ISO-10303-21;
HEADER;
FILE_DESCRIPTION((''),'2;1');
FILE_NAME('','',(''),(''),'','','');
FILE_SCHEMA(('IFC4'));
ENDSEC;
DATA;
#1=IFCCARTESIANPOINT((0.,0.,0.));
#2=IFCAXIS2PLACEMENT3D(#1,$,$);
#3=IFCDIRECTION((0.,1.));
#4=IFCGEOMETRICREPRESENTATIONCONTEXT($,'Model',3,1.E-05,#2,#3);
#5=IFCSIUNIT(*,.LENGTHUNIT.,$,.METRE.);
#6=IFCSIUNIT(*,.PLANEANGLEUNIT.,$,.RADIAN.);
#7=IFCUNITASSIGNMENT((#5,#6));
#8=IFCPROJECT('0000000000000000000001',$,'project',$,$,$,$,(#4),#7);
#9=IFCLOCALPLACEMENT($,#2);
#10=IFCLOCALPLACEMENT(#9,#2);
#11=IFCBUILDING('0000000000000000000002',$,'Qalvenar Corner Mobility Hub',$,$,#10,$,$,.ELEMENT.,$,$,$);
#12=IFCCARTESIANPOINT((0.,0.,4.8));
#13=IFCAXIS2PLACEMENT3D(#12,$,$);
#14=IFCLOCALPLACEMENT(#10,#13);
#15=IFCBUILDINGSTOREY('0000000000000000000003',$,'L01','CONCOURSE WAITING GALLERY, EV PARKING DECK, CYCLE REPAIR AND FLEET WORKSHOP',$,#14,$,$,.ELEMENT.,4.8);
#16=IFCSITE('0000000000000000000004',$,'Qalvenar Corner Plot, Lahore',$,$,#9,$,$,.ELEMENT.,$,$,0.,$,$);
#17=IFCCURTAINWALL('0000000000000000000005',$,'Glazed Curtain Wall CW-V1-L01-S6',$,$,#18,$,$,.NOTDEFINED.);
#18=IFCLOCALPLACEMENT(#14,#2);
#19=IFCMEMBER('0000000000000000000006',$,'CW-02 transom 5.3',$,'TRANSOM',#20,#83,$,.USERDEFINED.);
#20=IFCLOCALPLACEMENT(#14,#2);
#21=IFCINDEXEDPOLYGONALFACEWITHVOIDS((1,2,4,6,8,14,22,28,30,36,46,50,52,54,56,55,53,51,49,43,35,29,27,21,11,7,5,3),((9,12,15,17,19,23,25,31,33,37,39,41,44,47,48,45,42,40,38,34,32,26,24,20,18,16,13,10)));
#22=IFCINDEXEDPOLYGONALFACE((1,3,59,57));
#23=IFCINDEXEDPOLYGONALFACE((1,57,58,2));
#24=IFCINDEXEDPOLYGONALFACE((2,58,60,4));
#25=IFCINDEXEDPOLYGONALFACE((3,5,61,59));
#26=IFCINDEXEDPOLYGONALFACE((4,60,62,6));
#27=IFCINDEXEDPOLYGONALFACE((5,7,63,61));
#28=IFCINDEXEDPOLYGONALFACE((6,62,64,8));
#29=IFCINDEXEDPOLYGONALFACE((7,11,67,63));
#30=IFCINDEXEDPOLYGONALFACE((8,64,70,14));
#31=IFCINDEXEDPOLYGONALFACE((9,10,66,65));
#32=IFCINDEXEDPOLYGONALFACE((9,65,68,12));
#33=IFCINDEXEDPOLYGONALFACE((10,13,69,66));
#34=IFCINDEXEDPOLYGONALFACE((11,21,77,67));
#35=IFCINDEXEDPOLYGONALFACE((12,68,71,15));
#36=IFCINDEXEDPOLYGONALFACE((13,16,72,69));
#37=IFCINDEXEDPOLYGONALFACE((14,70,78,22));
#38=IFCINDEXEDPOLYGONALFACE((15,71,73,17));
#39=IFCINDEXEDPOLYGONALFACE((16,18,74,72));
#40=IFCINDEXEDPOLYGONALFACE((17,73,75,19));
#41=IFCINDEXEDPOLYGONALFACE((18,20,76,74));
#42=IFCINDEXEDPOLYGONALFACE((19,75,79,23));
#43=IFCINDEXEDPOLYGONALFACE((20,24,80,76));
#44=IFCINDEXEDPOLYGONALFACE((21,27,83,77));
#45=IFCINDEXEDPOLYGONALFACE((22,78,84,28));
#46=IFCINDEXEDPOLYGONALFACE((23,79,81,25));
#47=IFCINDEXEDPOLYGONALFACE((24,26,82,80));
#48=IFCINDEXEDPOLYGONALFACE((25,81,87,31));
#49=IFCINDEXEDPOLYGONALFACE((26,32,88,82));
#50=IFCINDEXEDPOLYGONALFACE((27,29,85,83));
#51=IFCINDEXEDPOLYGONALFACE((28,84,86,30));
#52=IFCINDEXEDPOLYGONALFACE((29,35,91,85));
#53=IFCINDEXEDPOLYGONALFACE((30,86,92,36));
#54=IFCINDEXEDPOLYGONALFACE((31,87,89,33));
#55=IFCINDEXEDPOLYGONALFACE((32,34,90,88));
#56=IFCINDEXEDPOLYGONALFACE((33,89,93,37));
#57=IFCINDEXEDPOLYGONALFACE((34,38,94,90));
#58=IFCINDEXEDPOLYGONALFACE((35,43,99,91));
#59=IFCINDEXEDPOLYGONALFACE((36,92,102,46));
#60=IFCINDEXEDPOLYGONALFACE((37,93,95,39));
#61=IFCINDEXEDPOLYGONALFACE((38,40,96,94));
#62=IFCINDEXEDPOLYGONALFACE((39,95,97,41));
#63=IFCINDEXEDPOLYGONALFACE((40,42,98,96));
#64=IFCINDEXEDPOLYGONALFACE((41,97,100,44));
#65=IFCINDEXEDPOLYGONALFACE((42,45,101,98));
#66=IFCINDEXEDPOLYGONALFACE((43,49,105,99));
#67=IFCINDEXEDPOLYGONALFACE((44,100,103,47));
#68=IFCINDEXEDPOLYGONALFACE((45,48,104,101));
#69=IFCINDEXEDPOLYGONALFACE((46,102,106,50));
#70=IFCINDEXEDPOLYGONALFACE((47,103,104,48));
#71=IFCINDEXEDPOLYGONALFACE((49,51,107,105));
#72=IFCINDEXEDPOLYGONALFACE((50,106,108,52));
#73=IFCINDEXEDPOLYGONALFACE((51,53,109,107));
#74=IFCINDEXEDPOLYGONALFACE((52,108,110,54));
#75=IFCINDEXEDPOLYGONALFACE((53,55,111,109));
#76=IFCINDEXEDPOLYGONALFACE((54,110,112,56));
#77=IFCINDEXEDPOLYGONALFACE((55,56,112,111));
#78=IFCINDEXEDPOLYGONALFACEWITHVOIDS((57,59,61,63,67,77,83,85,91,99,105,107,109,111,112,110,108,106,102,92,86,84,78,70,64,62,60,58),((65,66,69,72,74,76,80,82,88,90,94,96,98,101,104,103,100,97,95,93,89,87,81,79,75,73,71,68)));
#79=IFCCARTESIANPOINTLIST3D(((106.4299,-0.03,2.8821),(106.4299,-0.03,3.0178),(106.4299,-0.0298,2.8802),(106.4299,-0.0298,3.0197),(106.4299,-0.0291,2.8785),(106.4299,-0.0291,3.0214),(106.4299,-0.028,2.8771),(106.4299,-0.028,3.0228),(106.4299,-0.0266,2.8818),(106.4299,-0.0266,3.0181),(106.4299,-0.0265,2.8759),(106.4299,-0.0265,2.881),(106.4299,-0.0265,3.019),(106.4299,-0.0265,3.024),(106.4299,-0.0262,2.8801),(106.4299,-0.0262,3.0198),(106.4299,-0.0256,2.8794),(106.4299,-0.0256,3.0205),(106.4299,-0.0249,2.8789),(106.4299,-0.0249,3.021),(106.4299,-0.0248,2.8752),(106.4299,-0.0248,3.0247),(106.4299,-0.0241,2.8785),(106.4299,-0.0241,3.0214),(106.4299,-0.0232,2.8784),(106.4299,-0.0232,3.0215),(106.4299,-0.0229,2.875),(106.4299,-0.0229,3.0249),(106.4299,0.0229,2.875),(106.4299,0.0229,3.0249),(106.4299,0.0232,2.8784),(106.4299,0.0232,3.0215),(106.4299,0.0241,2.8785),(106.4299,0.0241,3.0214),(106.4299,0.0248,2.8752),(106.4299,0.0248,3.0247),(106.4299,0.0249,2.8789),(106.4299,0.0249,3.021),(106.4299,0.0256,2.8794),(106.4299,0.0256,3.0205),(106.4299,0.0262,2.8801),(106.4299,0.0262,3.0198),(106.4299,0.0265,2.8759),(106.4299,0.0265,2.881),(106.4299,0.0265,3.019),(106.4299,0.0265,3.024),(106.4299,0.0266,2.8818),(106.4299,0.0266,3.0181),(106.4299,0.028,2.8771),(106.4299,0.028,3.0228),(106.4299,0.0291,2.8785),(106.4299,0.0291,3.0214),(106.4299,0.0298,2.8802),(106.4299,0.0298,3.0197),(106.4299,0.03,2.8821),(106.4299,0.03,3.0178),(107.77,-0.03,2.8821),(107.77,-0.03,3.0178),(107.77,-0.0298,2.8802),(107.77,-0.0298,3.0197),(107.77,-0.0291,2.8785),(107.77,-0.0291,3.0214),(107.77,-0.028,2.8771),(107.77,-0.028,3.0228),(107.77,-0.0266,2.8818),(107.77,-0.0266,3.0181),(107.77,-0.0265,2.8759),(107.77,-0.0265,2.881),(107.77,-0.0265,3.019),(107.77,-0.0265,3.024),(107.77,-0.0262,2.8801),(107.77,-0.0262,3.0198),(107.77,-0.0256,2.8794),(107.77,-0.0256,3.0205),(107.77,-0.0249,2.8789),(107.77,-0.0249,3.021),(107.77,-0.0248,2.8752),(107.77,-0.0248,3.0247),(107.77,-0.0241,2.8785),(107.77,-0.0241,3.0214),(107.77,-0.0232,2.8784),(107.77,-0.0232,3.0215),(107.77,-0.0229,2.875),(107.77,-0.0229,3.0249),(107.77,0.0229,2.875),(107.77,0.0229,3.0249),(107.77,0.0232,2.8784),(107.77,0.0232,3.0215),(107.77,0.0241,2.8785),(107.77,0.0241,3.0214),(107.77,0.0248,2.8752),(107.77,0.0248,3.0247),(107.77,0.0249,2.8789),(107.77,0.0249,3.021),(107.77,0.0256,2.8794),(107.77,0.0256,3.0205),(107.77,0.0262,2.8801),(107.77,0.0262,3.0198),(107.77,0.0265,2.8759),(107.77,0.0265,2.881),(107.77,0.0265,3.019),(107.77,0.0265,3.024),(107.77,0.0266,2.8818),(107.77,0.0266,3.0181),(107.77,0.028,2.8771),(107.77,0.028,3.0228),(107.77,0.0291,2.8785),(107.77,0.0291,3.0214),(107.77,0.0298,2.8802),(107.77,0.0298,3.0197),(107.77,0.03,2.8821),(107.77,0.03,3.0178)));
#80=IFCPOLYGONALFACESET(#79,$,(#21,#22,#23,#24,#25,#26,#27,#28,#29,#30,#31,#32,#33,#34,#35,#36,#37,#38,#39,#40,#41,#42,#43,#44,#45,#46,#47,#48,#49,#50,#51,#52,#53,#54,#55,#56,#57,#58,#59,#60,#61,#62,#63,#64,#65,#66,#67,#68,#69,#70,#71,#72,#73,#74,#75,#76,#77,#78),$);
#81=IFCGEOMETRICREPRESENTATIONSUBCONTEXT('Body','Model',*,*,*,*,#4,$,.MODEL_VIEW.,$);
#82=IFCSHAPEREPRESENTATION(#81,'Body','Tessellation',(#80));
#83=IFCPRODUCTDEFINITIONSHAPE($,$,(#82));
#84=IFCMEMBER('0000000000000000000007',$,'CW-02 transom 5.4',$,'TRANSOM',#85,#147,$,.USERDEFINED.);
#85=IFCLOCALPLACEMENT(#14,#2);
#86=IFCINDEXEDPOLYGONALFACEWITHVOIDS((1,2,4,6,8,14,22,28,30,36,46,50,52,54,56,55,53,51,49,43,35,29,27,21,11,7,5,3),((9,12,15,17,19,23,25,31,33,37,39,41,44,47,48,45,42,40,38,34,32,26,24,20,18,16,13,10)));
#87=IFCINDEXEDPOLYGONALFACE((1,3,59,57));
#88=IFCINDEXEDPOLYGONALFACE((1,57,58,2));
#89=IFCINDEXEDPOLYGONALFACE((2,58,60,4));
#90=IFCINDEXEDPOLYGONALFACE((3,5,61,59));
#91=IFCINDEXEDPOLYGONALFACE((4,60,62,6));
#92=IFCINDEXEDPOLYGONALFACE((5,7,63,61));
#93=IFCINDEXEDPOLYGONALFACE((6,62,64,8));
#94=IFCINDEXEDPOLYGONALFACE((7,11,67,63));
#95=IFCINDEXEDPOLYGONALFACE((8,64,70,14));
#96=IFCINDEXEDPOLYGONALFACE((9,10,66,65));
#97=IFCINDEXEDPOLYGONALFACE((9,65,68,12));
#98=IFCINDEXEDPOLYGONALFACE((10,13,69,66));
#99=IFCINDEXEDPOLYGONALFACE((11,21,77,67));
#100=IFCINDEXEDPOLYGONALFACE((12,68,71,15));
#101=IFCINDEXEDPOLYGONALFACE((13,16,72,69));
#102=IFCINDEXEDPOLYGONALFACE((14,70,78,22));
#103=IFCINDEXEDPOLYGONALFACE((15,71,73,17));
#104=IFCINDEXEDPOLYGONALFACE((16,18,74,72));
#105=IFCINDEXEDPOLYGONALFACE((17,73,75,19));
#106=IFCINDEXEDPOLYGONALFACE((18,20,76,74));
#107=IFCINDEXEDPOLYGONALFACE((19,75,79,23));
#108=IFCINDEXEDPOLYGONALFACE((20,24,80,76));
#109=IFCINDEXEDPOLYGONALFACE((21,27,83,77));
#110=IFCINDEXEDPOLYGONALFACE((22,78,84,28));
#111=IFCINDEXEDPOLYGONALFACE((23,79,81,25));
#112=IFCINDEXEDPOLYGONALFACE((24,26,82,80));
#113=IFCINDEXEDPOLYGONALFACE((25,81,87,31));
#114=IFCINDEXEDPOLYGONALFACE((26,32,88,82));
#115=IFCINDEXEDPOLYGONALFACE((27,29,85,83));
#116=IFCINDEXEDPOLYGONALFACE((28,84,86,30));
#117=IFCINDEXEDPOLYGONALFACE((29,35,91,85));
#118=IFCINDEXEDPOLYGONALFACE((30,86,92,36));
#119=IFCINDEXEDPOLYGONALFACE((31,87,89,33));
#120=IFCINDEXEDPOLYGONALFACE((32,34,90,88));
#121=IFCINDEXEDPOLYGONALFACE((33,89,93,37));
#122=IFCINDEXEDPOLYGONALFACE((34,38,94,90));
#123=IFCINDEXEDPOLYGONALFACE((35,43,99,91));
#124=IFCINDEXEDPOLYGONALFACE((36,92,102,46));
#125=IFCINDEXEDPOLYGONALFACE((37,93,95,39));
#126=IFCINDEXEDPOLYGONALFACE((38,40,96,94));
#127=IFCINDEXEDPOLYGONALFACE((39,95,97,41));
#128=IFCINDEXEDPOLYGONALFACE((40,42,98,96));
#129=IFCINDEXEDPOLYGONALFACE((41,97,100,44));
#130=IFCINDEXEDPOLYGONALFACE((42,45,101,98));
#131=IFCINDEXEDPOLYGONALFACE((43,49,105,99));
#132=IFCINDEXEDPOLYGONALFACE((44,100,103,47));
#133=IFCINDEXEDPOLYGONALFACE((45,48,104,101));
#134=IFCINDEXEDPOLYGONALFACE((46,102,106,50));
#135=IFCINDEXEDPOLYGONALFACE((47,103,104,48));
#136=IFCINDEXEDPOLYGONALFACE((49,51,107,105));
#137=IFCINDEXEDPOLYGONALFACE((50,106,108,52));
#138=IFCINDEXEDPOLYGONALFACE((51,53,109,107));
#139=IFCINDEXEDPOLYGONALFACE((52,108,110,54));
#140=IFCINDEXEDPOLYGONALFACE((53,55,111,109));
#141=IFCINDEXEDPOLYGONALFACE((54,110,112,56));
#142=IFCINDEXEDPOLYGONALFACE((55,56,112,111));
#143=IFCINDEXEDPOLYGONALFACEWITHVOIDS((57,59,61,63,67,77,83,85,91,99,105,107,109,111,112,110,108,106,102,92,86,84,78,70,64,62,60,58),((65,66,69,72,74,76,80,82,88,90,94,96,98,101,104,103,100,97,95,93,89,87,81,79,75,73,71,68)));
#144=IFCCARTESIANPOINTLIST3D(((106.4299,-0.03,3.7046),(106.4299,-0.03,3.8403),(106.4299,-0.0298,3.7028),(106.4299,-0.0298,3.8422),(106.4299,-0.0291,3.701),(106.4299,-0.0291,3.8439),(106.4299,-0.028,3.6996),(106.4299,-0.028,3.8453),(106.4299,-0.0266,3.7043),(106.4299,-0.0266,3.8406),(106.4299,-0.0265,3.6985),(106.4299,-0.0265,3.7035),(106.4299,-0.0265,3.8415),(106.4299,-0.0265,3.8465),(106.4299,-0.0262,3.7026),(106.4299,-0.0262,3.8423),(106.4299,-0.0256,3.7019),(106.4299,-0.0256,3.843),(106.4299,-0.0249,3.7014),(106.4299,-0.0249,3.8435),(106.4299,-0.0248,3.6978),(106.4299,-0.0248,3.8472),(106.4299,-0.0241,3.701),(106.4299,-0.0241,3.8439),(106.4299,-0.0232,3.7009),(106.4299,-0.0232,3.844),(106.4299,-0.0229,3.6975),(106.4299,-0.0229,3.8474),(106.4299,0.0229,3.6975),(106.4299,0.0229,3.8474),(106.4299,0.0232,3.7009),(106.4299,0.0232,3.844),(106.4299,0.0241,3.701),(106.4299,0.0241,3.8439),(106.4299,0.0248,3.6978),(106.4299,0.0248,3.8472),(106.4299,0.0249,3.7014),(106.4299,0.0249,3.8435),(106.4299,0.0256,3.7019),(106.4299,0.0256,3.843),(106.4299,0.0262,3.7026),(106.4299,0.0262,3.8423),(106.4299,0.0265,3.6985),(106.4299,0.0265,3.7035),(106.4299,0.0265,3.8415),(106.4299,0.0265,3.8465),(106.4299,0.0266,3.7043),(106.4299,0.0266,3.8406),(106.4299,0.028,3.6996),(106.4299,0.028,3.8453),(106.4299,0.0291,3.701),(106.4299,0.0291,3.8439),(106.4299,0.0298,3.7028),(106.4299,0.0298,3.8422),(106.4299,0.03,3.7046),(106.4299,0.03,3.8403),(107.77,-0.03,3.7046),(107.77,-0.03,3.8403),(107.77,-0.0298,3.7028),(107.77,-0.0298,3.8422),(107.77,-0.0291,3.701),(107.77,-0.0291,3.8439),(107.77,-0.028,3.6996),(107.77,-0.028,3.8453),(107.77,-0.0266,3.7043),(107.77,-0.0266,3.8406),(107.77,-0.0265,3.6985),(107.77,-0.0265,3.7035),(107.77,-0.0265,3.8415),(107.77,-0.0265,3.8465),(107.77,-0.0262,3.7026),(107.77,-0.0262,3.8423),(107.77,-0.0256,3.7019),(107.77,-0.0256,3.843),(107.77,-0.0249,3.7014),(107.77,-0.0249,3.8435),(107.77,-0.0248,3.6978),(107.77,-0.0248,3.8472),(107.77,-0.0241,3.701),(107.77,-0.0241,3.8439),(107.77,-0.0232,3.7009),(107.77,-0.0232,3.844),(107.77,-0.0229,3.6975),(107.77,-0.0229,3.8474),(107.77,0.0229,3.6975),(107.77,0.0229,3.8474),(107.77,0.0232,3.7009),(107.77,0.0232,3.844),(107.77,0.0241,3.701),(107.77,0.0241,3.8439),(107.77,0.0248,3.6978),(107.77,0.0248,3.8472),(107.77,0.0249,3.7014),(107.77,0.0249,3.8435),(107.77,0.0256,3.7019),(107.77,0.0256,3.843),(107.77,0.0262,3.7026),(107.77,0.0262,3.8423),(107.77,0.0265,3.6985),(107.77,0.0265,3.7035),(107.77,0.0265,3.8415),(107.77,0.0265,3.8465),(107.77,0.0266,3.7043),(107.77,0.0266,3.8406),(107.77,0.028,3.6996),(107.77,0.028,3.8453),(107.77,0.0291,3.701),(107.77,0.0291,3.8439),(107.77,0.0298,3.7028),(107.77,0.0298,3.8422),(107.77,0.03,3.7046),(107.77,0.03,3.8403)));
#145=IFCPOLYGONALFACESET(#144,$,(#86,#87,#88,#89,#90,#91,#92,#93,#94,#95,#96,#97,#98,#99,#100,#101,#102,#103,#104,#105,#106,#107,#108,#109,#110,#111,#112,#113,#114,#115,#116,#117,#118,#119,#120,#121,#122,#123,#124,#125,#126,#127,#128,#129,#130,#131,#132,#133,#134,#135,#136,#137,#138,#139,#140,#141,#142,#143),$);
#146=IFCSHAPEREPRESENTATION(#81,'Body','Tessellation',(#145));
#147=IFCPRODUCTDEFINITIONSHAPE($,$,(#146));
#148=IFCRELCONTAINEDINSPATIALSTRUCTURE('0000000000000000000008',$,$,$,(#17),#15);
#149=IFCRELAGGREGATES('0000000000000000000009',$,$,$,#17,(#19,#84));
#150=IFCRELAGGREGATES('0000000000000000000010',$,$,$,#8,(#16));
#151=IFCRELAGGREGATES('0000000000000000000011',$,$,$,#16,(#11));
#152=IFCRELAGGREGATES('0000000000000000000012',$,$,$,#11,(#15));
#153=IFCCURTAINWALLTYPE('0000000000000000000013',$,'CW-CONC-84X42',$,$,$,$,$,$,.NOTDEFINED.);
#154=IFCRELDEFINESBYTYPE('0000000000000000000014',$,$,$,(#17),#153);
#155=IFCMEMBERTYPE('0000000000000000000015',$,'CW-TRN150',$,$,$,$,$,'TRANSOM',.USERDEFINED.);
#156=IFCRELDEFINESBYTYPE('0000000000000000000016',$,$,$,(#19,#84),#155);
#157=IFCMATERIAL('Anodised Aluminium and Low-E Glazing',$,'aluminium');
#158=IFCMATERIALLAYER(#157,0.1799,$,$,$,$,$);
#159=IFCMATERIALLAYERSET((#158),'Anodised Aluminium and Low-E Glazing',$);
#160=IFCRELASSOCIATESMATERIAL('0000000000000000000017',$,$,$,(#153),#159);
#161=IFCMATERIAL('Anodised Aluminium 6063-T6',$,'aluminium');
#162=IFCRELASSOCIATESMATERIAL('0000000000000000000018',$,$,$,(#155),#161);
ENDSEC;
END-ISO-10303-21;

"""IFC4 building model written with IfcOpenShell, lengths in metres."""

from ifc_helpers import new_model, si_unit, direction, frame, origin, origin_2d, place, context, subcontext, project, spatial, hollow_rectangle, extrude, material, layer, layer_set, material_profile, profile_set, type_object, element, aggregate, save


model = new_model("IFC4")

# Units and contexts
model_context = context("Model", 3, precision=1e-05, world=origin(), true_north=direction((0.0, 1.0)))
body_context = subcontext(model_context, "Body", "Model", "MODEL_VIEW")
ifc_project = project(units=[si_unit("LENGTHUNIT", "METRE"), si_unit("PLANEANGLEUNIT", "RADIAN")], contexts=[model_context])

# Site, building, storey
site_placement = place(None, origin())
site = spatial("IfcSite", under=ifc_project, at=site_placement, Name="Qalvenar Corner Plot, Lahore", CompositionType="ELEMENT", RefElevation=0.0)
building_placement = place(site_placement, origin())
building = spatial("IfcBuilding", under=site, at=building_placement, Name="Qalvenar Corner Mobility Hub", CompositionType="ELEMENT")
storey_placement = place(building_placement, frame((0.0, 0.0, 4.8)))
storey = spatial("IfcBuildingStorey", under=building, at=storey_placement, Name="L01", Description="CONCOURSE WAITING GALLERY, EV PARKING DECK, CYCLE REPAIR AND FLEET WORKSHOP", CompositionType="ELEMENT", Elevation=4.8)

# Curtain wall, members
ifc_material_1 = material(Name="Anodised Aluminium and Low-E Glazing", Category="aluminium")
ifc_layer_1 = layer(ifc_material_1, 0.1799)
ifc_layer_set_1 = layer_set([ifc_layer_1], Name="Anodised Aluminium and Low-E Glazing")
curtain_wall_type = type_object("IfcCurtainWallType", Name="CW-CONC-84X42", PredefinedType="NOTDEFINED", material=ifc_layer_set_1)
curtain_wall_placement = place(storey_placement, origin())
curtain_wall = element("IfcCurtainWall", 1, at=curtain_wall_placement, inside=storey, type_object=curtain_wall_type, Name="Glazed Curtain Wall CW-V1-L01-S6", PredefinedType="NOTDEFINED")
ifc_material_2 = material(Name="Anodised Aluminium 6063-T6", Category="aluminium")
ifc_material_profile_1 = material_profile(ifc_material_2, hollow_rectangle(XDim=0.0601, YDim=0.1499, WallThickness=0.0034, InnerFilletRadius=0.0034, OuterFilletRadius=0.0071, at=origin_2d()), Name="RHS150x60x3.5")
ifc_profile_set_1 = profile_set([ifc_material_profile_1], Name="Anodised Aluminium 6063-T6")
member_type_1 = type_object("IfcMemberType", Name="CW-TRN150", ElementType="TRANSOM", PredefinedType="USERDEFINED", material=ifc_profile_set_1)
member_1_placement = place(storey_placement, frame((106.4299, 0.0, 2.95), z_axis=(1.0, 0.0, 0.0), x_axis=(0.0, 1.0, 0.0)))
member_1 = element("IfcMember", 2, at=member_1_placement, type_object=member_type_1, Name="CW-02 transom 5.3", ObjectType="TRANSOM", PredefinedType="USERDEFINED", context=body_context, shape_type="SweptSolid", body=[
    extrude(hollow_rectangle(XDim=0.0601, YDim=0.1499, WallThickness=0.0034, InnerFilletRadius=0.0034, OuterFilletRadius=0.0071, at=origin_2d()), origin(), (0.0, 0.0, 1.0), 1.3401),
])
member_2_placement = place(storey_placement, frame((106.4299, 0.0, 3.7725), z_axis=(1.0, 0.0, 0.0), x_axis=(0.0, 1.0, 0.0)))
member_2 = element("IfcMember", 3, at=member_2_placement, type_object=member_type_1, Name="CW-02 transom 5.4", ObjectType="TRANSOM", PredefinedType="USERDEFINED", context=body_context, shape_type="SweptSolid", body=[
    extrude(hollow_rectangle(XDim=0.0601, YDim=0.1499, WallThickness=0.0034, InnerFilletRadius=0.0034, OuterFilletRadius=0.0071, at=origin_2d()), origin(), (0.0, 0.0, 1.0), 1.3401),
])
aggregate(curtain_wall, [member_1, member_2])

save(model, "model.ifc")
